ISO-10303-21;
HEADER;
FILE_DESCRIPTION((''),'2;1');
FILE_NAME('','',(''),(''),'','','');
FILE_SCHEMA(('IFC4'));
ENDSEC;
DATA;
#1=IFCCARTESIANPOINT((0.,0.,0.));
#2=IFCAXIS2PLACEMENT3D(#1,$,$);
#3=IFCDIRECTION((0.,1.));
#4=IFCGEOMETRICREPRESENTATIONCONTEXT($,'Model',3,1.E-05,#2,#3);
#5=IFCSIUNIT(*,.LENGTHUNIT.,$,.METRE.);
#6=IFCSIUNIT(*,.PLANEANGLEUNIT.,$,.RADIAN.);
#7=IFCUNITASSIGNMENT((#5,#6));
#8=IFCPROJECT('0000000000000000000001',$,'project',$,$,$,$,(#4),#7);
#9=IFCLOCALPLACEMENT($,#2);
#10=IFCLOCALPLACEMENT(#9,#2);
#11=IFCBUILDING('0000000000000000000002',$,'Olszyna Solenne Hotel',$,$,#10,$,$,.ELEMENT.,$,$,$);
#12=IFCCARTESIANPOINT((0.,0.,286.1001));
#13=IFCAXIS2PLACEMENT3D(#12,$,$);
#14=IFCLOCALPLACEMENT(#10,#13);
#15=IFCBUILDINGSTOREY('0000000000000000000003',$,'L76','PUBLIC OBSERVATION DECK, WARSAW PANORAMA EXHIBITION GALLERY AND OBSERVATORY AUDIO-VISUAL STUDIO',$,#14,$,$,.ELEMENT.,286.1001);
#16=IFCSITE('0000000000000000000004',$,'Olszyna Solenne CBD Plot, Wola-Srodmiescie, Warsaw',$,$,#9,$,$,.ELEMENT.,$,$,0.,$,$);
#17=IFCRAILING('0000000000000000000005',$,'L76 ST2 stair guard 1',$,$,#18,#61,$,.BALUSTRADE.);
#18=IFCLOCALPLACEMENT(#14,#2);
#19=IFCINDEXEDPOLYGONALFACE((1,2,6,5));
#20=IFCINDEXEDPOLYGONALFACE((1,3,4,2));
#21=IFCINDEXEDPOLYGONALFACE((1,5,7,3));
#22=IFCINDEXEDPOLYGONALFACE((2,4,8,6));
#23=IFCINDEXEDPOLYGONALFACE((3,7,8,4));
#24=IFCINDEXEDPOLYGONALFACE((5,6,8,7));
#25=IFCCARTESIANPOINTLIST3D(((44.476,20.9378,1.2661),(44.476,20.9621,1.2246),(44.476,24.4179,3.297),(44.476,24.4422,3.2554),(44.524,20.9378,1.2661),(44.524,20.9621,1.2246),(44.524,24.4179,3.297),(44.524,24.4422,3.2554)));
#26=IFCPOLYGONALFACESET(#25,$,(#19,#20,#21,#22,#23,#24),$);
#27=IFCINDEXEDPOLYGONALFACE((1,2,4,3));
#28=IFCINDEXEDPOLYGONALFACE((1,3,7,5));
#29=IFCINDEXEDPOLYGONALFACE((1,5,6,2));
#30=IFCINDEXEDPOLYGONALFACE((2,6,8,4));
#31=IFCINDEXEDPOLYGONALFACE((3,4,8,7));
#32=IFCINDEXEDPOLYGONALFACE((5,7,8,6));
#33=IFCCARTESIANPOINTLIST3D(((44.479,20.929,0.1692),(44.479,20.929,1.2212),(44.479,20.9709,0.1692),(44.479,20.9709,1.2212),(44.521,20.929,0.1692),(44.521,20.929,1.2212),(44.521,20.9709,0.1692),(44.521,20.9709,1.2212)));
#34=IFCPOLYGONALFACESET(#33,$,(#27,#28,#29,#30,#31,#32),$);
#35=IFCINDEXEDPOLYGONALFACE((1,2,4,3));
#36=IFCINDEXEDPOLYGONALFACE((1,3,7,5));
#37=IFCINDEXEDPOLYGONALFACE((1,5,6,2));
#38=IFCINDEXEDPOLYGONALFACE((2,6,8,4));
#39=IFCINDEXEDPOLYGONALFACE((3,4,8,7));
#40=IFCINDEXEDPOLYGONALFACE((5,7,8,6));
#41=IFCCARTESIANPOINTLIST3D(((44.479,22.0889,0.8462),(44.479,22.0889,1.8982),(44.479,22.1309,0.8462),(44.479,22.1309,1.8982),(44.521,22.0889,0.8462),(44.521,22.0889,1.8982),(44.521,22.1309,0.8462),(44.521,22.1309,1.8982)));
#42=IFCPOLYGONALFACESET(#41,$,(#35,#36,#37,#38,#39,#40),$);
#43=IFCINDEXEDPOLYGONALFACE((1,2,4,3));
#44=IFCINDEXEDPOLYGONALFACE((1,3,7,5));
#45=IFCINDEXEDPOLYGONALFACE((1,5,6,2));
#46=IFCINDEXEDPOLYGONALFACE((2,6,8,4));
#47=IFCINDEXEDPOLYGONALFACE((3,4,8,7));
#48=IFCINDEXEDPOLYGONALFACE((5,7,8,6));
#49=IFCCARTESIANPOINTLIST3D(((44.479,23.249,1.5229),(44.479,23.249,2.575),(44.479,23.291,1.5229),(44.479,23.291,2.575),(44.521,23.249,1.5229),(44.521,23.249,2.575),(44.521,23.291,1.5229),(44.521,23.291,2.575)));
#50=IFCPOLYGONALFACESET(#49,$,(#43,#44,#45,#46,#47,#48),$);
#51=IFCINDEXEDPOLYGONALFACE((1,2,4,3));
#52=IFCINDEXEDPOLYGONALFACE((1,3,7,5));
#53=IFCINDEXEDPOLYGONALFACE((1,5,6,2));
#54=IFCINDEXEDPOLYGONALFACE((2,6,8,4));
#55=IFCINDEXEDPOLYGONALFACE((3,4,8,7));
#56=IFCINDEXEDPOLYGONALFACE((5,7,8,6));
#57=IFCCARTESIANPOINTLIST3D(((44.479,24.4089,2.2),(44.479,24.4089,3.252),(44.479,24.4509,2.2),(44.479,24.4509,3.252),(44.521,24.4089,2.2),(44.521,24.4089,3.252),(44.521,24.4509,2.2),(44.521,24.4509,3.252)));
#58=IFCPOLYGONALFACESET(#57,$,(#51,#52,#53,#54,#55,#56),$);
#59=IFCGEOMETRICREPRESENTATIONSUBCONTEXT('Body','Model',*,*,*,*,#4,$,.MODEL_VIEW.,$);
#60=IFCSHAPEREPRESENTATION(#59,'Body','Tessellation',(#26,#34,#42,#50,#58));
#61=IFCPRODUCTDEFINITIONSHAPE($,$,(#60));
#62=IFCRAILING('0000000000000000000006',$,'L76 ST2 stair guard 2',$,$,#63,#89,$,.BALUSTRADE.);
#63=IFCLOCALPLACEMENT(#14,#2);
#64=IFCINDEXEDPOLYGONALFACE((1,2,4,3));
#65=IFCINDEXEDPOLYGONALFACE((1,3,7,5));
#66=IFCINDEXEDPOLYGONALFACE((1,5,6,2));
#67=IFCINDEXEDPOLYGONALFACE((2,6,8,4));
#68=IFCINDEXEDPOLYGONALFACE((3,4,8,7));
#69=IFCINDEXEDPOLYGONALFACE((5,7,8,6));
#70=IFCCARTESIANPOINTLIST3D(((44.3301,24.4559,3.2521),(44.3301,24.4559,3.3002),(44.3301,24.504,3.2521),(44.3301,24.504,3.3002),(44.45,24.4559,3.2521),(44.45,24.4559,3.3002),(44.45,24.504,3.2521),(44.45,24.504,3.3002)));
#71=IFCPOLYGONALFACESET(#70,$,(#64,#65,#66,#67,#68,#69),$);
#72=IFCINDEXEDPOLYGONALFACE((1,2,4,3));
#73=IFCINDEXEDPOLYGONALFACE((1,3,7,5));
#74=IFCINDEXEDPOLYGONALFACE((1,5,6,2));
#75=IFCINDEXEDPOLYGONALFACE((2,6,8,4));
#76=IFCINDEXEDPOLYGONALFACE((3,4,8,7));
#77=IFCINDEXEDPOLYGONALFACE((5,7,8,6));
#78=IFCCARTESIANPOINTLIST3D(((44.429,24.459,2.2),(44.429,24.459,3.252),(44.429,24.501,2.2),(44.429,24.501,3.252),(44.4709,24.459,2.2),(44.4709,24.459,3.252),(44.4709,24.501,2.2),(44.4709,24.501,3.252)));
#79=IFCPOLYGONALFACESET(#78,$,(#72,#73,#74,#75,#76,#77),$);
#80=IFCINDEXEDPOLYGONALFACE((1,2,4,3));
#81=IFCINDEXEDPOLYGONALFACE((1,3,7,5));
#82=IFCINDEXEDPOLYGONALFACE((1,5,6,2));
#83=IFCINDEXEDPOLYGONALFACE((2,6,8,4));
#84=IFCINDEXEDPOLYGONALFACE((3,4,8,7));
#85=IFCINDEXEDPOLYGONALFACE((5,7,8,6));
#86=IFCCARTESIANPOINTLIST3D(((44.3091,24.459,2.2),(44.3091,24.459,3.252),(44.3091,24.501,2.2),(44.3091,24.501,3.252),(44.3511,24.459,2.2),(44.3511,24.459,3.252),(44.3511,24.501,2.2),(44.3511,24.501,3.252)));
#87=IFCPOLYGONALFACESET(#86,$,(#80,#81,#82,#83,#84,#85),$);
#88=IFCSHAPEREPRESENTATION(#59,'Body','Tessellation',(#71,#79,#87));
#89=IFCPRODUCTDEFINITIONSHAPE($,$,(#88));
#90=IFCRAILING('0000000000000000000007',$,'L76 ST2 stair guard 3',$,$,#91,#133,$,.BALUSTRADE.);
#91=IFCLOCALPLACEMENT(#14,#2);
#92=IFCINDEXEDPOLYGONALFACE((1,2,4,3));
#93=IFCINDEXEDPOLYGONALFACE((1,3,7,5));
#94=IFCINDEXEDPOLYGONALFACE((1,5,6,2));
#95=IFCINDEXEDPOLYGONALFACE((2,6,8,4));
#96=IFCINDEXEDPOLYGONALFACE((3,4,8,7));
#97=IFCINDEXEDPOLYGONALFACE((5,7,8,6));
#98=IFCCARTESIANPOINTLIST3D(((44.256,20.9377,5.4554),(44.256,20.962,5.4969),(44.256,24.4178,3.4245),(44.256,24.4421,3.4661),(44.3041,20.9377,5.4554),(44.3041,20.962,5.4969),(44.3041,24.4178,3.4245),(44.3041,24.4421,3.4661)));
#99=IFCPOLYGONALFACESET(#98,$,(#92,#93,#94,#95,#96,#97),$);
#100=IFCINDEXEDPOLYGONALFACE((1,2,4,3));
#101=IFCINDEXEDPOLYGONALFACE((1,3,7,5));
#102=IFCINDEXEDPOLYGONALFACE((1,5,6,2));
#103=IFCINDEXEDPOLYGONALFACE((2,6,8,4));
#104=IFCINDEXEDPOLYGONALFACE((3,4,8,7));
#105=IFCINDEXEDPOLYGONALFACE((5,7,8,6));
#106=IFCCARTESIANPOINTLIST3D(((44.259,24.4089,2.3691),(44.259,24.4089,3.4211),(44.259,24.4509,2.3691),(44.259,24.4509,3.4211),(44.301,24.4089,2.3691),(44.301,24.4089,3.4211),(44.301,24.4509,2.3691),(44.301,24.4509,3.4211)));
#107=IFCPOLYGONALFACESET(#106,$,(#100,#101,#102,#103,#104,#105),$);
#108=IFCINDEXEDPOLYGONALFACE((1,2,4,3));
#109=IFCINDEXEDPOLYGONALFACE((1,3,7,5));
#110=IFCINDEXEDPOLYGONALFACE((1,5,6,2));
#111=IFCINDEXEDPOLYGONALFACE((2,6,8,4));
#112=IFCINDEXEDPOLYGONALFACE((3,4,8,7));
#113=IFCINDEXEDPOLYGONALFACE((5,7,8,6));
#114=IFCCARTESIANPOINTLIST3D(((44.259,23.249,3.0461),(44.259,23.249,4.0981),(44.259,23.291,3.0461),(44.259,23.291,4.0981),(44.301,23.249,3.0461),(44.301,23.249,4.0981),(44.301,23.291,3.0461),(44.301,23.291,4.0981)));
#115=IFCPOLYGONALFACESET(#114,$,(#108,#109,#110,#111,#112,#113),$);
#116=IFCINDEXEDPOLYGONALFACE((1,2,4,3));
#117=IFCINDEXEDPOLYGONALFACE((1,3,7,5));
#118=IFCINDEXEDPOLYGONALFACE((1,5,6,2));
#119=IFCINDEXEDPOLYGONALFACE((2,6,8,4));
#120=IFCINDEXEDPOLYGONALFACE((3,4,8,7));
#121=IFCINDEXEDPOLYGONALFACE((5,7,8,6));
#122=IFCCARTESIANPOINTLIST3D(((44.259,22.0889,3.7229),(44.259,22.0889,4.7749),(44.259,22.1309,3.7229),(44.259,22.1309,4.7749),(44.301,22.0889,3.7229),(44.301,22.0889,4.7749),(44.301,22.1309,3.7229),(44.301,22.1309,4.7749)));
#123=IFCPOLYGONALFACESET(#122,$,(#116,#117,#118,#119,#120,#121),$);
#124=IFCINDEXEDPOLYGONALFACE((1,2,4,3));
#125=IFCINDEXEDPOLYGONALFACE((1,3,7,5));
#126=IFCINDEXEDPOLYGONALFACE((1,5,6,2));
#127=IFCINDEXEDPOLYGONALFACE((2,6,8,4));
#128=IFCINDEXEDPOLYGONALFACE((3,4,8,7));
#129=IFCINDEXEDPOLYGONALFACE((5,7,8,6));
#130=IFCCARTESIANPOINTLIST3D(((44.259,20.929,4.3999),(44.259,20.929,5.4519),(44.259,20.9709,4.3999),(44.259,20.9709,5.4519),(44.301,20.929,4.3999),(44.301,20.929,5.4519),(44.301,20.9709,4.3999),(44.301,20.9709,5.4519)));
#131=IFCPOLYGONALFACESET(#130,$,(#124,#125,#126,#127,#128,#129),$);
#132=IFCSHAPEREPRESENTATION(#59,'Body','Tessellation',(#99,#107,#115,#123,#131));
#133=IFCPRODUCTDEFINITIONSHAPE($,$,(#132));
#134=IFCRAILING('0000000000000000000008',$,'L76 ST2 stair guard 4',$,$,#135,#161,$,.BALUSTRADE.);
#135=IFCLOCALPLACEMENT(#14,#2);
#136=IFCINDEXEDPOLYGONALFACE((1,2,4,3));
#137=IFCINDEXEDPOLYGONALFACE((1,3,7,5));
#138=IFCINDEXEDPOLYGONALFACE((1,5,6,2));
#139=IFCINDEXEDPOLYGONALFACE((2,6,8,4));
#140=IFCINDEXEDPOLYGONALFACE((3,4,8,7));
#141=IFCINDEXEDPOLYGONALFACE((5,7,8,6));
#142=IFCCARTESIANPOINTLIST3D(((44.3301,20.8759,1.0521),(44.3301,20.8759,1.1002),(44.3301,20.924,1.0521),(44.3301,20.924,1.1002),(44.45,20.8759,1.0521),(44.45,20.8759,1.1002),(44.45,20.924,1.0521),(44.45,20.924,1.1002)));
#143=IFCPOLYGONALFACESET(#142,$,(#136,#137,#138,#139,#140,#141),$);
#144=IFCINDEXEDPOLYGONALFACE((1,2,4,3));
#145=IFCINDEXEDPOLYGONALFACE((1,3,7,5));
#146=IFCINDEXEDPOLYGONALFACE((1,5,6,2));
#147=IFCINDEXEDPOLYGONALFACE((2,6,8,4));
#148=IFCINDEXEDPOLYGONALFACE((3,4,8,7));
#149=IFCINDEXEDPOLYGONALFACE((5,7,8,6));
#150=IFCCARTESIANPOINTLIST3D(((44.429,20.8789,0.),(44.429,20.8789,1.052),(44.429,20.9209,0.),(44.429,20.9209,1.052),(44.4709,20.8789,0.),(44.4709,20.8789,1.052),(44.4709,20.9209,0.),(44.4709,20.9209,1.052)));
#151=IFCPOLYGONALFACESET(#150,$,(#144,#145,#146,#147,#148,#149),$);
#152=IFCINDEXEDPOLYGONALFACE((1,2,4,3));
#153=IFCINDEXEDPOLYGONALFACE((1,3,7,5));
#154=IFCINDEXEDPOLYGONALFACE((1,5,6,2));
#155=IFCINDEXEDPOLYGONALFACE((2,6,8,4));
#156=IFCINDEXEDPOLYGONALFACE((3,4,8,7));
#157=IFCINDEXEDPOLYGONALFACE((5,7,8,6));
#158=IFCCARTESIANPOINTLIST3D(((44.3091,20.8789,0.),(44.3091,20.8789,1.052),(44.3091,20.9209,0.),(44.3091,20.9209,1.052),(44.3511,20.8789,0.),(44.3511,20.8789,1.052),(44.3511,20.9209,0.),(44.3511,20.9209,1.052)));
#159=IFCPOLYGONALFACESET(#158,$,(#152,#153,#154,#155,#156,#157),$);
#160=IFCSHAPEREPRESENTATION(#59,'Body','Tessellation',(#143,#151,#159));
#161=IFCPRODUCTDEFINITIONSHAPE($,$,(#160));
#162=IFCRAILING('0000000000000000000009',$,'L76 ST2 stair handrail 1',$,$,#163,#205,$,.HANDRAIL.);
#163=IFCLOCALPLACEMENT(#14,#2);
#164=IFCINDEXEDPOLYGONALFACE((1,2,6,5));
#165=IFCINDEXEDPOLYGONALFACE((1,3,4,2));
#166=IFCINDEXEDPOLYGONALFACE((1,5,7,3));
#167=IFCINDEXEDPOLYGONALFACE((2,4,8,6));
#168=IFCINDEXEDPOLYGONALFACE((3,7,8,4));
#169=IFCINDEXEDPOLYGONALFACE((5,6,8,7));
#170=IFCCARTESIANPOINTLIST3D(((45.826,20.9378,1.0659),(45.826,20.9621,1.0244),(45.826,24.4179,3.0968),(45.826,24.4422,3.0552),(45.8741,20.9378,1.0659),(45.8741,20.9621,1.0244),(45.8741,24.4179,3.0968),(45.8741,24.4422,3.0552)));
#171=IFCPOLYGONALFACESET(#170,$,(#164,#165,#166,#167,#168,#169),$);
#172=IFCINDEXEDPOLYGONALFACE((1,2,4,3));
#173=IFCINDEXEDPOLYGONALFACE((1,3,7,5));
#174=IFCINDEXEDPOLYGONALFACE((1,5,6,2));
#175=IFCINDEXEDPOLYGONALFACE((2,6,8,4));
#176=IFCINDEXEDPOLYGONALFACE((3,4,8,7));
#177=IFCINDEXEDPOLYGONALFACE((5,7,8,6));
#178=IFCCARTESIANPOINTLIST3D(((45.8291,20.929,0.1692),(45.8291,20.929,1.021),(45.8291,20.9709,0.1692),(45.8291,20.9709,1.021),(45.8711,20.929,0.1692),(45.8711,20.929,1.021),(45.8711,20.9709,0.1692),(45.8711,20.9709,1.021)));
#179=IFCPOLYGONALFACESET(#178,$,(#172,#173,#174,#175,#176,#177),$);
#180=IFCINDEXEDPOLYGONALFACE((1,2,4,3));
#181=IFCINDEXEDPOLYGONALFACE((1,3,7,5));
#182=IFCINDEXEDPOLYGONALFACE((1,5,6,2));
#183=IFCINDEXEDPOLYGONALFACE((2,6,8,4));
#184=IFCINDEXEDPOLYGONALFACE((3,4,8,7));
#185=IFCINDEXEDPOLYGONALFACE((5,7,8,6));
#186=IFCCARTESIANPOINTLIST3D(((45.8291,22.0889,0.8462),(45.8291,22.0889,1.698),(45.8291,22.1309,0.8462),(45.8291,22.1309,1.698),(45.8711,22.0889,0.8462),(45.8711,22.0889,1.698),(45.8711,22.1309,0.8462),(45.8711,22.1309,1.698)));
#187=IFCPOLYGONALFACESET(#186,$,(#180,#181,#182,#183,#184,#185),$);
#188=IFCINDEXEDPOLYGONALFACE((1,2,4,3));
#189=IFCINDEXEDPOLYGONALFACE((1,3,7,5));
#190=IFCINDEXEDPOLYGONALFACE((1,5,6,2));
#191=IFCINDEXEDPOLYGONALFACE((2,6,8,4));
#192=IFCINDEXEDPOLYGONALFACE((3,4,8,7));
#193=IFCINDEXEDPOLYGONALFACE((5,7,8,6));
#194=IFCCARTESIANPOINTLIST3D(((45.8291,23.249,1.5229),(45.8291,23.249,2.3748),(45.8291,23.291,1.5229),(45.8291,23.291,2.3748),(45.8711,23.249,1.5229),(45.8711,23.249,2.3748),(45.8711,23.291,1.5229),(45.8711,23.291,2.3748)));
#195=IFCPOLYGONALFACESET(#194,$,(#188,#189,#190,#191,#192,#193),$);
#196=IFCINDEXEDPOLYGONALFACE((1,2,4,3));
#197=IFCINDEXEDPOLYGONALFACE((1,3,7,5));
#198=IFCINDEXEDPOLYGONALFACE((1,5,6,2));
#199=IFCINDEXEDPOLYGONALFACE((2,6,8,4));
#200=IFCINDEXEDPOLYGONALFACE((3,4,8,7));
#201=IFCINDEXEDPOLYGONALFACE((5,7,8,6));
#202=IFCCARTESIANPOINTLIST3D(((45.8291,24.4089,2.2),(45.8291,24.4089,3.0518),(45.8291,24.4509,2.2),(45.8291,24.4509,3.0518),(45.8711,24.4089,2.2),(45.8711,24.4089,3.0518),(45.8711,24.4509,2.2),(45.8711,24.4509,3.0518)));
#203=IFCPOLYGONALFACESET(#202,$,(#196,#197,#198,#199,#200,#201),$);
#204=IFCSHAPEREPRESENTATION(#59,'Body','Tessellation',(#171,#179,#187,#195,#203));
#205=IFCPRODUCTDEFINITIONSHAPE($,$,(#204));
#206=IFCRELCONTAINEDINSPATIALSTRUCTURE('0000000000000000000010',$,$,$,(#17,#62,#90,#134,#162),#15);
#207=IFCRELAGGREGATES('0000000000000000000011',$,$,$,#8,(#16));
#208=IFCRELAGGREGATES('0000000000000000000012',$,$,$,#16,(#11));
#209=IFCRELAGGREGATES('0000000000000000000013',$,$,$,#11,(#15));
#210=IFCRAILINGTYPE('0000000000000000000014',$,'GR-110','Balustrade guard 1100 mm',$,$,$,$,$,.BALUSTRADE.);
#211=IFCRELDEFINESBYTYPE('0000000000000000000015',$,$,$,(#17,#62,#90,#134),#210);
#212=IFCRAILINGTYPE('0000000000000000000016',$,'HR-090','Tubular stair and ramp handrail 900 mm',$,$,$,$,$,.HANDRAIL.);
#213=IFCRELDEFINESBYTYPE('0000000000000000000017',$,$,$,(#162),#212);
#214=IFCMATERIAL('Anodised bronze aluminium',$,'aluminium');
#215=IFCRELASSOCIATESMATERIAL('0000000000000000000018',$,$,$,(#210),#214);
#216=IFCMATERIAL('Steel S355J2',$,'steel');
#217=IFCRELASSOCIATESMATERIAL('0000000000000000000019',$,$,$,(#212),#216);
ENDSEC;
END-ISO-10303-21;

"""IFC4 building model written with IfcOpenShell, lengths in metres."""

from ifc_helpers import new_model, si_unit, direction, frame, origin, origin_2d, place, context, subcontext, project, spatial, rectangle, extrude, material, type_object, element, save


model = new_model("IFC4")

# Units and contexts
model_context = context("Model", 3, precision=1e-05, world=origin(), true_north=direction((0.0, 1.0)))
body_context = subcontext(model_context, "Body", "Model", "MODEL_VIEW")
ifc_project = project(units=[si_unit("LENGTHUNIT", "METRE"), si_unit("PLANEANGLEUNIT", "RADIAN")], contexts=[model_context])

# Site, building, storey
site_placement = place(None, origin())
site = spatial("IfcSite", under=ifc_project, at=site_placement, Name="Olszyna Solenne CBD Plot, Wola-Srodmiescie, Warsaw", CompositionType="ELEMENT", RefElevation=0.0)
building_placement = place(site_placement, origin())
building = spatial("IfcBuilding", under=site, at=building_placement, Name="Olszyna Solenne Hotel", CompositionType="ELEMENT")
storey_placement = place(building_placement, frame((0.0, 0.0, 286.1001)))
storey = spatial("IfcBuildingStorey", under=building, at=storey_placement, Name="L76", Description="PUBLIC OBSERVATION DECK, WARSAW PANORAMA EXHIBITION GALLERY AND OBSERVATORY AUDIO-VISUAL STUDIO", CompositionType="ELEMENT", Elevation=286.1001)

# Shared definitions
ifc_material_1 = material(Name="Steel S355J2", Category="steel")

# Shared definitions
ifc_material_2 = material(Name="Anodised bronze aluminium", Category="aluminium")

# Railings
railing_type_1 = type_object("IfcRailingType", Name="GR-110", Description="Balustrade guard 1100 mm", PredefinedType="BALUSTRADE", material=ifc_material_2)
railing_1_placement = place(storey_placement, frame((44.5, 20.95, 0.1692)))
element("IfcRailing", 1, at=railing_1_placement, inside=storey, type_object=railing_type_1, Name="L76 ST2 stair guard 1", PredefinedType="BALUSTRADE", context=body_context, shape_type="SweptSolid", body=[
    extrude(rectangle(XDim=0.0481, YDim=0.0481, at=origin_2d()), frame((0.0, 0.0, 1.0762), z_axis=(0.0, 0.863695, 0.504014), x_axis=(-1.0, 0.0, 0.0)), (0.0, 0.0, 1.0), 4.0293),
    extrude(rectangle(XDim=0.042, YDim=0.042, at=origin_2d()), origin(), (0.0, 0.0, 1.0), 1.052),
    extrude(rectangle(XDim=0.042, YDim=0.042, at=origin_2d()), frame((0.0, 1.1599, 0.677)), (0.0, 0.0, 1.0), 1.052),
    extrude(rectangle(XDim=0.042, YDim=0.042, at=origin_2d()), frame((0.0, 2.3201, 1.3538)), (0.0, 0.0, 1.0), 1.052),
    extrude(rectangle(XDim=0.042, YDim=0.042, at=origin_2d()), frame((0.0, 3.48, 2.0308)), (0.0, 0.0, 1.0), 1.052),
])
railing_2_placement = place(storey_placement, frame((44.45, 24.48, 2.2)))
element("IfcRailing", 2, at=railing_2_placement, inside=storey, type_object=railing_type_1, Name="L76 ST2 stair guard 2", PredefinedType="BALUSTRADE", context=body_context, shape_type="SweptSolid", body=[
    extrude(rectangle(XDim=0.0481, YDim=0.0481, at=origin_2d()), frame((0.0, 0.0, 1.0762), z_axis=(-1.0, 0.0, 0.0), x_axis=(0.0, -1.0, 0.0)), (0.0, 0.0, 1.0), 0.1199),
    extrude(rectangle(XDim=0.042, YDim=0.042, at=origin_2d()), origin(), (0.0, 0.0, 1.0), 1.052),
    extrude(rectangle(XDim=0.042, YDim=0.042, at=origin_2d()), frame((-0.1199, 0.0, 0.0)), (0.0, 0.0, 1.0), 1.052),
])
railing_3_placement = place(storey_placement, frame((44.28, 24.4299, 2.3691)))
element("IfcRailing", 3, at=railing_3_placement, inside=storey, type_object=railing_type_1, Name="L76 ST2 stair guard 3", PredefinedType="BALUSTRADE", context=body_context, shape_type="SweptSolid", body=[
    extrude(rectangle(XDim=0.0481, YDim=0.0481, at=origin_2d()), frame((0.0, 0.0, 1.0762), z_axis=(0.0, -0.863695, 0.504014), x_axis=(1.0, 0.0, 0.0)), (0.0, 0.0, 1.0), 4.0293),
    extrude(rectangle(XDim=0.042, YDim=0.042, at=origin_2d()), origin(), (0.0, 0.0, 1.0), 1.052),
    extrude(rectangle(XDim=0.042, YDim=0.042, at=origin_2d()), frame((0.0, -1.1599, 0.677)), (0.0, 0.0, 1.0), 1.052),
    extrude(rectangle(XDim=0.042, YDim=0.042, at=origin_2d()), frame((0.0, -2.3201, 1.3538)), (0.0, 0.0, 1.0), 1.052),
    extrude(rectangle(XDim=0.042, YDim=0.042, at=origin_2d()), frame((0.0, -3.48, 2.0308)), (0.0, 0.0, 1.0), 1.052),
])
railing_4_placement = place(storey_placement, frame((44.45, 20.8999, 0.0)))
element("IfcRailing", 4, at=railing_4_placement, inside=storey, type_object=railing_type_1, Name="L76 ST2 stair guard 4", PredefinedType="BALUSTRADE", context=body_context, shape_type="SweptSolid", body=[
    extrude(rectangle(XDim=0.0481, YDim=0.0481, at=origin_2d()), frame((0.0, 0.0, 1.0762), z_axis=(-1.0, 0.0, 0.0), x_axis=(0.0, -1.0, 0.0)), (0.0, 0.0, 1.0), 0.1199),
    extrude(rectangle(XDim=0.042, YDim=0.042, at=origin_2d()), origin(), (0.0, 0.0, 1.0), 1.052),
    extrude(rectangle(XDim=0.042, YDim=0.042, at=origin_2d()), frame((-0.1199, 0.0, 0.0)), (0.0, 0.0, 1.0), 1.052),
])
railing_type_2 = type_object("IfcRailingType", Name="HR-090", Description="Tubular stair and ramp handrail 900 mm", PredefinedType="HANDRAIL", material=ifc_material_1)
railing_5_placement = place(storey_placement, frame((45.8501, 20.95, 0.1692)))
element("IfcRailing", 5, at=railing_5_placement, inside=storey, type_object=railing_type_2, Name="L76 ST2 stair handrail 1", PredefinedType="HANDRAIL", context=body_context, shape_type="SweptSolid", body=[
    extrude(rectangle(XDim=0.0481, YDim=0.0481, at=origin_2d()), frame((0.0, 0.0, 0.876), z_axis=(0.0, 0.863695, 0.504014), x_axis=(-1.0, 0.0, 0.0)), (0.0, 0.0, 1.0), 4.0293),
    extrude(rectangle(XDim=0.042, YDim=0.042, at=origin_2d()), origin(), (0.0, 0.0, 1.0), 0.8518),
    extrude(rectangle(XDim=0.042, YDim=0.042, at=origin_2d()), frame((0.0, 1.1599, 0.677)), (0.0, 0.0, 1.0), 0.8518),
    extrude(rectangle(XDim=0.042, YDim=0.042, at=origin_2d()), frame((0.0, 2.3201, 1.3538)), (0.0, 0.0, 1.0), 0.8518),
    extrude(rectangle(XDim=0.042, YDim=0.042, at=origin_2d()), frame((0.0, 3.48, 2.0308)), (0.0, 0.0, 1.0), 0.8518),
])

save(model, "model.ifc")
